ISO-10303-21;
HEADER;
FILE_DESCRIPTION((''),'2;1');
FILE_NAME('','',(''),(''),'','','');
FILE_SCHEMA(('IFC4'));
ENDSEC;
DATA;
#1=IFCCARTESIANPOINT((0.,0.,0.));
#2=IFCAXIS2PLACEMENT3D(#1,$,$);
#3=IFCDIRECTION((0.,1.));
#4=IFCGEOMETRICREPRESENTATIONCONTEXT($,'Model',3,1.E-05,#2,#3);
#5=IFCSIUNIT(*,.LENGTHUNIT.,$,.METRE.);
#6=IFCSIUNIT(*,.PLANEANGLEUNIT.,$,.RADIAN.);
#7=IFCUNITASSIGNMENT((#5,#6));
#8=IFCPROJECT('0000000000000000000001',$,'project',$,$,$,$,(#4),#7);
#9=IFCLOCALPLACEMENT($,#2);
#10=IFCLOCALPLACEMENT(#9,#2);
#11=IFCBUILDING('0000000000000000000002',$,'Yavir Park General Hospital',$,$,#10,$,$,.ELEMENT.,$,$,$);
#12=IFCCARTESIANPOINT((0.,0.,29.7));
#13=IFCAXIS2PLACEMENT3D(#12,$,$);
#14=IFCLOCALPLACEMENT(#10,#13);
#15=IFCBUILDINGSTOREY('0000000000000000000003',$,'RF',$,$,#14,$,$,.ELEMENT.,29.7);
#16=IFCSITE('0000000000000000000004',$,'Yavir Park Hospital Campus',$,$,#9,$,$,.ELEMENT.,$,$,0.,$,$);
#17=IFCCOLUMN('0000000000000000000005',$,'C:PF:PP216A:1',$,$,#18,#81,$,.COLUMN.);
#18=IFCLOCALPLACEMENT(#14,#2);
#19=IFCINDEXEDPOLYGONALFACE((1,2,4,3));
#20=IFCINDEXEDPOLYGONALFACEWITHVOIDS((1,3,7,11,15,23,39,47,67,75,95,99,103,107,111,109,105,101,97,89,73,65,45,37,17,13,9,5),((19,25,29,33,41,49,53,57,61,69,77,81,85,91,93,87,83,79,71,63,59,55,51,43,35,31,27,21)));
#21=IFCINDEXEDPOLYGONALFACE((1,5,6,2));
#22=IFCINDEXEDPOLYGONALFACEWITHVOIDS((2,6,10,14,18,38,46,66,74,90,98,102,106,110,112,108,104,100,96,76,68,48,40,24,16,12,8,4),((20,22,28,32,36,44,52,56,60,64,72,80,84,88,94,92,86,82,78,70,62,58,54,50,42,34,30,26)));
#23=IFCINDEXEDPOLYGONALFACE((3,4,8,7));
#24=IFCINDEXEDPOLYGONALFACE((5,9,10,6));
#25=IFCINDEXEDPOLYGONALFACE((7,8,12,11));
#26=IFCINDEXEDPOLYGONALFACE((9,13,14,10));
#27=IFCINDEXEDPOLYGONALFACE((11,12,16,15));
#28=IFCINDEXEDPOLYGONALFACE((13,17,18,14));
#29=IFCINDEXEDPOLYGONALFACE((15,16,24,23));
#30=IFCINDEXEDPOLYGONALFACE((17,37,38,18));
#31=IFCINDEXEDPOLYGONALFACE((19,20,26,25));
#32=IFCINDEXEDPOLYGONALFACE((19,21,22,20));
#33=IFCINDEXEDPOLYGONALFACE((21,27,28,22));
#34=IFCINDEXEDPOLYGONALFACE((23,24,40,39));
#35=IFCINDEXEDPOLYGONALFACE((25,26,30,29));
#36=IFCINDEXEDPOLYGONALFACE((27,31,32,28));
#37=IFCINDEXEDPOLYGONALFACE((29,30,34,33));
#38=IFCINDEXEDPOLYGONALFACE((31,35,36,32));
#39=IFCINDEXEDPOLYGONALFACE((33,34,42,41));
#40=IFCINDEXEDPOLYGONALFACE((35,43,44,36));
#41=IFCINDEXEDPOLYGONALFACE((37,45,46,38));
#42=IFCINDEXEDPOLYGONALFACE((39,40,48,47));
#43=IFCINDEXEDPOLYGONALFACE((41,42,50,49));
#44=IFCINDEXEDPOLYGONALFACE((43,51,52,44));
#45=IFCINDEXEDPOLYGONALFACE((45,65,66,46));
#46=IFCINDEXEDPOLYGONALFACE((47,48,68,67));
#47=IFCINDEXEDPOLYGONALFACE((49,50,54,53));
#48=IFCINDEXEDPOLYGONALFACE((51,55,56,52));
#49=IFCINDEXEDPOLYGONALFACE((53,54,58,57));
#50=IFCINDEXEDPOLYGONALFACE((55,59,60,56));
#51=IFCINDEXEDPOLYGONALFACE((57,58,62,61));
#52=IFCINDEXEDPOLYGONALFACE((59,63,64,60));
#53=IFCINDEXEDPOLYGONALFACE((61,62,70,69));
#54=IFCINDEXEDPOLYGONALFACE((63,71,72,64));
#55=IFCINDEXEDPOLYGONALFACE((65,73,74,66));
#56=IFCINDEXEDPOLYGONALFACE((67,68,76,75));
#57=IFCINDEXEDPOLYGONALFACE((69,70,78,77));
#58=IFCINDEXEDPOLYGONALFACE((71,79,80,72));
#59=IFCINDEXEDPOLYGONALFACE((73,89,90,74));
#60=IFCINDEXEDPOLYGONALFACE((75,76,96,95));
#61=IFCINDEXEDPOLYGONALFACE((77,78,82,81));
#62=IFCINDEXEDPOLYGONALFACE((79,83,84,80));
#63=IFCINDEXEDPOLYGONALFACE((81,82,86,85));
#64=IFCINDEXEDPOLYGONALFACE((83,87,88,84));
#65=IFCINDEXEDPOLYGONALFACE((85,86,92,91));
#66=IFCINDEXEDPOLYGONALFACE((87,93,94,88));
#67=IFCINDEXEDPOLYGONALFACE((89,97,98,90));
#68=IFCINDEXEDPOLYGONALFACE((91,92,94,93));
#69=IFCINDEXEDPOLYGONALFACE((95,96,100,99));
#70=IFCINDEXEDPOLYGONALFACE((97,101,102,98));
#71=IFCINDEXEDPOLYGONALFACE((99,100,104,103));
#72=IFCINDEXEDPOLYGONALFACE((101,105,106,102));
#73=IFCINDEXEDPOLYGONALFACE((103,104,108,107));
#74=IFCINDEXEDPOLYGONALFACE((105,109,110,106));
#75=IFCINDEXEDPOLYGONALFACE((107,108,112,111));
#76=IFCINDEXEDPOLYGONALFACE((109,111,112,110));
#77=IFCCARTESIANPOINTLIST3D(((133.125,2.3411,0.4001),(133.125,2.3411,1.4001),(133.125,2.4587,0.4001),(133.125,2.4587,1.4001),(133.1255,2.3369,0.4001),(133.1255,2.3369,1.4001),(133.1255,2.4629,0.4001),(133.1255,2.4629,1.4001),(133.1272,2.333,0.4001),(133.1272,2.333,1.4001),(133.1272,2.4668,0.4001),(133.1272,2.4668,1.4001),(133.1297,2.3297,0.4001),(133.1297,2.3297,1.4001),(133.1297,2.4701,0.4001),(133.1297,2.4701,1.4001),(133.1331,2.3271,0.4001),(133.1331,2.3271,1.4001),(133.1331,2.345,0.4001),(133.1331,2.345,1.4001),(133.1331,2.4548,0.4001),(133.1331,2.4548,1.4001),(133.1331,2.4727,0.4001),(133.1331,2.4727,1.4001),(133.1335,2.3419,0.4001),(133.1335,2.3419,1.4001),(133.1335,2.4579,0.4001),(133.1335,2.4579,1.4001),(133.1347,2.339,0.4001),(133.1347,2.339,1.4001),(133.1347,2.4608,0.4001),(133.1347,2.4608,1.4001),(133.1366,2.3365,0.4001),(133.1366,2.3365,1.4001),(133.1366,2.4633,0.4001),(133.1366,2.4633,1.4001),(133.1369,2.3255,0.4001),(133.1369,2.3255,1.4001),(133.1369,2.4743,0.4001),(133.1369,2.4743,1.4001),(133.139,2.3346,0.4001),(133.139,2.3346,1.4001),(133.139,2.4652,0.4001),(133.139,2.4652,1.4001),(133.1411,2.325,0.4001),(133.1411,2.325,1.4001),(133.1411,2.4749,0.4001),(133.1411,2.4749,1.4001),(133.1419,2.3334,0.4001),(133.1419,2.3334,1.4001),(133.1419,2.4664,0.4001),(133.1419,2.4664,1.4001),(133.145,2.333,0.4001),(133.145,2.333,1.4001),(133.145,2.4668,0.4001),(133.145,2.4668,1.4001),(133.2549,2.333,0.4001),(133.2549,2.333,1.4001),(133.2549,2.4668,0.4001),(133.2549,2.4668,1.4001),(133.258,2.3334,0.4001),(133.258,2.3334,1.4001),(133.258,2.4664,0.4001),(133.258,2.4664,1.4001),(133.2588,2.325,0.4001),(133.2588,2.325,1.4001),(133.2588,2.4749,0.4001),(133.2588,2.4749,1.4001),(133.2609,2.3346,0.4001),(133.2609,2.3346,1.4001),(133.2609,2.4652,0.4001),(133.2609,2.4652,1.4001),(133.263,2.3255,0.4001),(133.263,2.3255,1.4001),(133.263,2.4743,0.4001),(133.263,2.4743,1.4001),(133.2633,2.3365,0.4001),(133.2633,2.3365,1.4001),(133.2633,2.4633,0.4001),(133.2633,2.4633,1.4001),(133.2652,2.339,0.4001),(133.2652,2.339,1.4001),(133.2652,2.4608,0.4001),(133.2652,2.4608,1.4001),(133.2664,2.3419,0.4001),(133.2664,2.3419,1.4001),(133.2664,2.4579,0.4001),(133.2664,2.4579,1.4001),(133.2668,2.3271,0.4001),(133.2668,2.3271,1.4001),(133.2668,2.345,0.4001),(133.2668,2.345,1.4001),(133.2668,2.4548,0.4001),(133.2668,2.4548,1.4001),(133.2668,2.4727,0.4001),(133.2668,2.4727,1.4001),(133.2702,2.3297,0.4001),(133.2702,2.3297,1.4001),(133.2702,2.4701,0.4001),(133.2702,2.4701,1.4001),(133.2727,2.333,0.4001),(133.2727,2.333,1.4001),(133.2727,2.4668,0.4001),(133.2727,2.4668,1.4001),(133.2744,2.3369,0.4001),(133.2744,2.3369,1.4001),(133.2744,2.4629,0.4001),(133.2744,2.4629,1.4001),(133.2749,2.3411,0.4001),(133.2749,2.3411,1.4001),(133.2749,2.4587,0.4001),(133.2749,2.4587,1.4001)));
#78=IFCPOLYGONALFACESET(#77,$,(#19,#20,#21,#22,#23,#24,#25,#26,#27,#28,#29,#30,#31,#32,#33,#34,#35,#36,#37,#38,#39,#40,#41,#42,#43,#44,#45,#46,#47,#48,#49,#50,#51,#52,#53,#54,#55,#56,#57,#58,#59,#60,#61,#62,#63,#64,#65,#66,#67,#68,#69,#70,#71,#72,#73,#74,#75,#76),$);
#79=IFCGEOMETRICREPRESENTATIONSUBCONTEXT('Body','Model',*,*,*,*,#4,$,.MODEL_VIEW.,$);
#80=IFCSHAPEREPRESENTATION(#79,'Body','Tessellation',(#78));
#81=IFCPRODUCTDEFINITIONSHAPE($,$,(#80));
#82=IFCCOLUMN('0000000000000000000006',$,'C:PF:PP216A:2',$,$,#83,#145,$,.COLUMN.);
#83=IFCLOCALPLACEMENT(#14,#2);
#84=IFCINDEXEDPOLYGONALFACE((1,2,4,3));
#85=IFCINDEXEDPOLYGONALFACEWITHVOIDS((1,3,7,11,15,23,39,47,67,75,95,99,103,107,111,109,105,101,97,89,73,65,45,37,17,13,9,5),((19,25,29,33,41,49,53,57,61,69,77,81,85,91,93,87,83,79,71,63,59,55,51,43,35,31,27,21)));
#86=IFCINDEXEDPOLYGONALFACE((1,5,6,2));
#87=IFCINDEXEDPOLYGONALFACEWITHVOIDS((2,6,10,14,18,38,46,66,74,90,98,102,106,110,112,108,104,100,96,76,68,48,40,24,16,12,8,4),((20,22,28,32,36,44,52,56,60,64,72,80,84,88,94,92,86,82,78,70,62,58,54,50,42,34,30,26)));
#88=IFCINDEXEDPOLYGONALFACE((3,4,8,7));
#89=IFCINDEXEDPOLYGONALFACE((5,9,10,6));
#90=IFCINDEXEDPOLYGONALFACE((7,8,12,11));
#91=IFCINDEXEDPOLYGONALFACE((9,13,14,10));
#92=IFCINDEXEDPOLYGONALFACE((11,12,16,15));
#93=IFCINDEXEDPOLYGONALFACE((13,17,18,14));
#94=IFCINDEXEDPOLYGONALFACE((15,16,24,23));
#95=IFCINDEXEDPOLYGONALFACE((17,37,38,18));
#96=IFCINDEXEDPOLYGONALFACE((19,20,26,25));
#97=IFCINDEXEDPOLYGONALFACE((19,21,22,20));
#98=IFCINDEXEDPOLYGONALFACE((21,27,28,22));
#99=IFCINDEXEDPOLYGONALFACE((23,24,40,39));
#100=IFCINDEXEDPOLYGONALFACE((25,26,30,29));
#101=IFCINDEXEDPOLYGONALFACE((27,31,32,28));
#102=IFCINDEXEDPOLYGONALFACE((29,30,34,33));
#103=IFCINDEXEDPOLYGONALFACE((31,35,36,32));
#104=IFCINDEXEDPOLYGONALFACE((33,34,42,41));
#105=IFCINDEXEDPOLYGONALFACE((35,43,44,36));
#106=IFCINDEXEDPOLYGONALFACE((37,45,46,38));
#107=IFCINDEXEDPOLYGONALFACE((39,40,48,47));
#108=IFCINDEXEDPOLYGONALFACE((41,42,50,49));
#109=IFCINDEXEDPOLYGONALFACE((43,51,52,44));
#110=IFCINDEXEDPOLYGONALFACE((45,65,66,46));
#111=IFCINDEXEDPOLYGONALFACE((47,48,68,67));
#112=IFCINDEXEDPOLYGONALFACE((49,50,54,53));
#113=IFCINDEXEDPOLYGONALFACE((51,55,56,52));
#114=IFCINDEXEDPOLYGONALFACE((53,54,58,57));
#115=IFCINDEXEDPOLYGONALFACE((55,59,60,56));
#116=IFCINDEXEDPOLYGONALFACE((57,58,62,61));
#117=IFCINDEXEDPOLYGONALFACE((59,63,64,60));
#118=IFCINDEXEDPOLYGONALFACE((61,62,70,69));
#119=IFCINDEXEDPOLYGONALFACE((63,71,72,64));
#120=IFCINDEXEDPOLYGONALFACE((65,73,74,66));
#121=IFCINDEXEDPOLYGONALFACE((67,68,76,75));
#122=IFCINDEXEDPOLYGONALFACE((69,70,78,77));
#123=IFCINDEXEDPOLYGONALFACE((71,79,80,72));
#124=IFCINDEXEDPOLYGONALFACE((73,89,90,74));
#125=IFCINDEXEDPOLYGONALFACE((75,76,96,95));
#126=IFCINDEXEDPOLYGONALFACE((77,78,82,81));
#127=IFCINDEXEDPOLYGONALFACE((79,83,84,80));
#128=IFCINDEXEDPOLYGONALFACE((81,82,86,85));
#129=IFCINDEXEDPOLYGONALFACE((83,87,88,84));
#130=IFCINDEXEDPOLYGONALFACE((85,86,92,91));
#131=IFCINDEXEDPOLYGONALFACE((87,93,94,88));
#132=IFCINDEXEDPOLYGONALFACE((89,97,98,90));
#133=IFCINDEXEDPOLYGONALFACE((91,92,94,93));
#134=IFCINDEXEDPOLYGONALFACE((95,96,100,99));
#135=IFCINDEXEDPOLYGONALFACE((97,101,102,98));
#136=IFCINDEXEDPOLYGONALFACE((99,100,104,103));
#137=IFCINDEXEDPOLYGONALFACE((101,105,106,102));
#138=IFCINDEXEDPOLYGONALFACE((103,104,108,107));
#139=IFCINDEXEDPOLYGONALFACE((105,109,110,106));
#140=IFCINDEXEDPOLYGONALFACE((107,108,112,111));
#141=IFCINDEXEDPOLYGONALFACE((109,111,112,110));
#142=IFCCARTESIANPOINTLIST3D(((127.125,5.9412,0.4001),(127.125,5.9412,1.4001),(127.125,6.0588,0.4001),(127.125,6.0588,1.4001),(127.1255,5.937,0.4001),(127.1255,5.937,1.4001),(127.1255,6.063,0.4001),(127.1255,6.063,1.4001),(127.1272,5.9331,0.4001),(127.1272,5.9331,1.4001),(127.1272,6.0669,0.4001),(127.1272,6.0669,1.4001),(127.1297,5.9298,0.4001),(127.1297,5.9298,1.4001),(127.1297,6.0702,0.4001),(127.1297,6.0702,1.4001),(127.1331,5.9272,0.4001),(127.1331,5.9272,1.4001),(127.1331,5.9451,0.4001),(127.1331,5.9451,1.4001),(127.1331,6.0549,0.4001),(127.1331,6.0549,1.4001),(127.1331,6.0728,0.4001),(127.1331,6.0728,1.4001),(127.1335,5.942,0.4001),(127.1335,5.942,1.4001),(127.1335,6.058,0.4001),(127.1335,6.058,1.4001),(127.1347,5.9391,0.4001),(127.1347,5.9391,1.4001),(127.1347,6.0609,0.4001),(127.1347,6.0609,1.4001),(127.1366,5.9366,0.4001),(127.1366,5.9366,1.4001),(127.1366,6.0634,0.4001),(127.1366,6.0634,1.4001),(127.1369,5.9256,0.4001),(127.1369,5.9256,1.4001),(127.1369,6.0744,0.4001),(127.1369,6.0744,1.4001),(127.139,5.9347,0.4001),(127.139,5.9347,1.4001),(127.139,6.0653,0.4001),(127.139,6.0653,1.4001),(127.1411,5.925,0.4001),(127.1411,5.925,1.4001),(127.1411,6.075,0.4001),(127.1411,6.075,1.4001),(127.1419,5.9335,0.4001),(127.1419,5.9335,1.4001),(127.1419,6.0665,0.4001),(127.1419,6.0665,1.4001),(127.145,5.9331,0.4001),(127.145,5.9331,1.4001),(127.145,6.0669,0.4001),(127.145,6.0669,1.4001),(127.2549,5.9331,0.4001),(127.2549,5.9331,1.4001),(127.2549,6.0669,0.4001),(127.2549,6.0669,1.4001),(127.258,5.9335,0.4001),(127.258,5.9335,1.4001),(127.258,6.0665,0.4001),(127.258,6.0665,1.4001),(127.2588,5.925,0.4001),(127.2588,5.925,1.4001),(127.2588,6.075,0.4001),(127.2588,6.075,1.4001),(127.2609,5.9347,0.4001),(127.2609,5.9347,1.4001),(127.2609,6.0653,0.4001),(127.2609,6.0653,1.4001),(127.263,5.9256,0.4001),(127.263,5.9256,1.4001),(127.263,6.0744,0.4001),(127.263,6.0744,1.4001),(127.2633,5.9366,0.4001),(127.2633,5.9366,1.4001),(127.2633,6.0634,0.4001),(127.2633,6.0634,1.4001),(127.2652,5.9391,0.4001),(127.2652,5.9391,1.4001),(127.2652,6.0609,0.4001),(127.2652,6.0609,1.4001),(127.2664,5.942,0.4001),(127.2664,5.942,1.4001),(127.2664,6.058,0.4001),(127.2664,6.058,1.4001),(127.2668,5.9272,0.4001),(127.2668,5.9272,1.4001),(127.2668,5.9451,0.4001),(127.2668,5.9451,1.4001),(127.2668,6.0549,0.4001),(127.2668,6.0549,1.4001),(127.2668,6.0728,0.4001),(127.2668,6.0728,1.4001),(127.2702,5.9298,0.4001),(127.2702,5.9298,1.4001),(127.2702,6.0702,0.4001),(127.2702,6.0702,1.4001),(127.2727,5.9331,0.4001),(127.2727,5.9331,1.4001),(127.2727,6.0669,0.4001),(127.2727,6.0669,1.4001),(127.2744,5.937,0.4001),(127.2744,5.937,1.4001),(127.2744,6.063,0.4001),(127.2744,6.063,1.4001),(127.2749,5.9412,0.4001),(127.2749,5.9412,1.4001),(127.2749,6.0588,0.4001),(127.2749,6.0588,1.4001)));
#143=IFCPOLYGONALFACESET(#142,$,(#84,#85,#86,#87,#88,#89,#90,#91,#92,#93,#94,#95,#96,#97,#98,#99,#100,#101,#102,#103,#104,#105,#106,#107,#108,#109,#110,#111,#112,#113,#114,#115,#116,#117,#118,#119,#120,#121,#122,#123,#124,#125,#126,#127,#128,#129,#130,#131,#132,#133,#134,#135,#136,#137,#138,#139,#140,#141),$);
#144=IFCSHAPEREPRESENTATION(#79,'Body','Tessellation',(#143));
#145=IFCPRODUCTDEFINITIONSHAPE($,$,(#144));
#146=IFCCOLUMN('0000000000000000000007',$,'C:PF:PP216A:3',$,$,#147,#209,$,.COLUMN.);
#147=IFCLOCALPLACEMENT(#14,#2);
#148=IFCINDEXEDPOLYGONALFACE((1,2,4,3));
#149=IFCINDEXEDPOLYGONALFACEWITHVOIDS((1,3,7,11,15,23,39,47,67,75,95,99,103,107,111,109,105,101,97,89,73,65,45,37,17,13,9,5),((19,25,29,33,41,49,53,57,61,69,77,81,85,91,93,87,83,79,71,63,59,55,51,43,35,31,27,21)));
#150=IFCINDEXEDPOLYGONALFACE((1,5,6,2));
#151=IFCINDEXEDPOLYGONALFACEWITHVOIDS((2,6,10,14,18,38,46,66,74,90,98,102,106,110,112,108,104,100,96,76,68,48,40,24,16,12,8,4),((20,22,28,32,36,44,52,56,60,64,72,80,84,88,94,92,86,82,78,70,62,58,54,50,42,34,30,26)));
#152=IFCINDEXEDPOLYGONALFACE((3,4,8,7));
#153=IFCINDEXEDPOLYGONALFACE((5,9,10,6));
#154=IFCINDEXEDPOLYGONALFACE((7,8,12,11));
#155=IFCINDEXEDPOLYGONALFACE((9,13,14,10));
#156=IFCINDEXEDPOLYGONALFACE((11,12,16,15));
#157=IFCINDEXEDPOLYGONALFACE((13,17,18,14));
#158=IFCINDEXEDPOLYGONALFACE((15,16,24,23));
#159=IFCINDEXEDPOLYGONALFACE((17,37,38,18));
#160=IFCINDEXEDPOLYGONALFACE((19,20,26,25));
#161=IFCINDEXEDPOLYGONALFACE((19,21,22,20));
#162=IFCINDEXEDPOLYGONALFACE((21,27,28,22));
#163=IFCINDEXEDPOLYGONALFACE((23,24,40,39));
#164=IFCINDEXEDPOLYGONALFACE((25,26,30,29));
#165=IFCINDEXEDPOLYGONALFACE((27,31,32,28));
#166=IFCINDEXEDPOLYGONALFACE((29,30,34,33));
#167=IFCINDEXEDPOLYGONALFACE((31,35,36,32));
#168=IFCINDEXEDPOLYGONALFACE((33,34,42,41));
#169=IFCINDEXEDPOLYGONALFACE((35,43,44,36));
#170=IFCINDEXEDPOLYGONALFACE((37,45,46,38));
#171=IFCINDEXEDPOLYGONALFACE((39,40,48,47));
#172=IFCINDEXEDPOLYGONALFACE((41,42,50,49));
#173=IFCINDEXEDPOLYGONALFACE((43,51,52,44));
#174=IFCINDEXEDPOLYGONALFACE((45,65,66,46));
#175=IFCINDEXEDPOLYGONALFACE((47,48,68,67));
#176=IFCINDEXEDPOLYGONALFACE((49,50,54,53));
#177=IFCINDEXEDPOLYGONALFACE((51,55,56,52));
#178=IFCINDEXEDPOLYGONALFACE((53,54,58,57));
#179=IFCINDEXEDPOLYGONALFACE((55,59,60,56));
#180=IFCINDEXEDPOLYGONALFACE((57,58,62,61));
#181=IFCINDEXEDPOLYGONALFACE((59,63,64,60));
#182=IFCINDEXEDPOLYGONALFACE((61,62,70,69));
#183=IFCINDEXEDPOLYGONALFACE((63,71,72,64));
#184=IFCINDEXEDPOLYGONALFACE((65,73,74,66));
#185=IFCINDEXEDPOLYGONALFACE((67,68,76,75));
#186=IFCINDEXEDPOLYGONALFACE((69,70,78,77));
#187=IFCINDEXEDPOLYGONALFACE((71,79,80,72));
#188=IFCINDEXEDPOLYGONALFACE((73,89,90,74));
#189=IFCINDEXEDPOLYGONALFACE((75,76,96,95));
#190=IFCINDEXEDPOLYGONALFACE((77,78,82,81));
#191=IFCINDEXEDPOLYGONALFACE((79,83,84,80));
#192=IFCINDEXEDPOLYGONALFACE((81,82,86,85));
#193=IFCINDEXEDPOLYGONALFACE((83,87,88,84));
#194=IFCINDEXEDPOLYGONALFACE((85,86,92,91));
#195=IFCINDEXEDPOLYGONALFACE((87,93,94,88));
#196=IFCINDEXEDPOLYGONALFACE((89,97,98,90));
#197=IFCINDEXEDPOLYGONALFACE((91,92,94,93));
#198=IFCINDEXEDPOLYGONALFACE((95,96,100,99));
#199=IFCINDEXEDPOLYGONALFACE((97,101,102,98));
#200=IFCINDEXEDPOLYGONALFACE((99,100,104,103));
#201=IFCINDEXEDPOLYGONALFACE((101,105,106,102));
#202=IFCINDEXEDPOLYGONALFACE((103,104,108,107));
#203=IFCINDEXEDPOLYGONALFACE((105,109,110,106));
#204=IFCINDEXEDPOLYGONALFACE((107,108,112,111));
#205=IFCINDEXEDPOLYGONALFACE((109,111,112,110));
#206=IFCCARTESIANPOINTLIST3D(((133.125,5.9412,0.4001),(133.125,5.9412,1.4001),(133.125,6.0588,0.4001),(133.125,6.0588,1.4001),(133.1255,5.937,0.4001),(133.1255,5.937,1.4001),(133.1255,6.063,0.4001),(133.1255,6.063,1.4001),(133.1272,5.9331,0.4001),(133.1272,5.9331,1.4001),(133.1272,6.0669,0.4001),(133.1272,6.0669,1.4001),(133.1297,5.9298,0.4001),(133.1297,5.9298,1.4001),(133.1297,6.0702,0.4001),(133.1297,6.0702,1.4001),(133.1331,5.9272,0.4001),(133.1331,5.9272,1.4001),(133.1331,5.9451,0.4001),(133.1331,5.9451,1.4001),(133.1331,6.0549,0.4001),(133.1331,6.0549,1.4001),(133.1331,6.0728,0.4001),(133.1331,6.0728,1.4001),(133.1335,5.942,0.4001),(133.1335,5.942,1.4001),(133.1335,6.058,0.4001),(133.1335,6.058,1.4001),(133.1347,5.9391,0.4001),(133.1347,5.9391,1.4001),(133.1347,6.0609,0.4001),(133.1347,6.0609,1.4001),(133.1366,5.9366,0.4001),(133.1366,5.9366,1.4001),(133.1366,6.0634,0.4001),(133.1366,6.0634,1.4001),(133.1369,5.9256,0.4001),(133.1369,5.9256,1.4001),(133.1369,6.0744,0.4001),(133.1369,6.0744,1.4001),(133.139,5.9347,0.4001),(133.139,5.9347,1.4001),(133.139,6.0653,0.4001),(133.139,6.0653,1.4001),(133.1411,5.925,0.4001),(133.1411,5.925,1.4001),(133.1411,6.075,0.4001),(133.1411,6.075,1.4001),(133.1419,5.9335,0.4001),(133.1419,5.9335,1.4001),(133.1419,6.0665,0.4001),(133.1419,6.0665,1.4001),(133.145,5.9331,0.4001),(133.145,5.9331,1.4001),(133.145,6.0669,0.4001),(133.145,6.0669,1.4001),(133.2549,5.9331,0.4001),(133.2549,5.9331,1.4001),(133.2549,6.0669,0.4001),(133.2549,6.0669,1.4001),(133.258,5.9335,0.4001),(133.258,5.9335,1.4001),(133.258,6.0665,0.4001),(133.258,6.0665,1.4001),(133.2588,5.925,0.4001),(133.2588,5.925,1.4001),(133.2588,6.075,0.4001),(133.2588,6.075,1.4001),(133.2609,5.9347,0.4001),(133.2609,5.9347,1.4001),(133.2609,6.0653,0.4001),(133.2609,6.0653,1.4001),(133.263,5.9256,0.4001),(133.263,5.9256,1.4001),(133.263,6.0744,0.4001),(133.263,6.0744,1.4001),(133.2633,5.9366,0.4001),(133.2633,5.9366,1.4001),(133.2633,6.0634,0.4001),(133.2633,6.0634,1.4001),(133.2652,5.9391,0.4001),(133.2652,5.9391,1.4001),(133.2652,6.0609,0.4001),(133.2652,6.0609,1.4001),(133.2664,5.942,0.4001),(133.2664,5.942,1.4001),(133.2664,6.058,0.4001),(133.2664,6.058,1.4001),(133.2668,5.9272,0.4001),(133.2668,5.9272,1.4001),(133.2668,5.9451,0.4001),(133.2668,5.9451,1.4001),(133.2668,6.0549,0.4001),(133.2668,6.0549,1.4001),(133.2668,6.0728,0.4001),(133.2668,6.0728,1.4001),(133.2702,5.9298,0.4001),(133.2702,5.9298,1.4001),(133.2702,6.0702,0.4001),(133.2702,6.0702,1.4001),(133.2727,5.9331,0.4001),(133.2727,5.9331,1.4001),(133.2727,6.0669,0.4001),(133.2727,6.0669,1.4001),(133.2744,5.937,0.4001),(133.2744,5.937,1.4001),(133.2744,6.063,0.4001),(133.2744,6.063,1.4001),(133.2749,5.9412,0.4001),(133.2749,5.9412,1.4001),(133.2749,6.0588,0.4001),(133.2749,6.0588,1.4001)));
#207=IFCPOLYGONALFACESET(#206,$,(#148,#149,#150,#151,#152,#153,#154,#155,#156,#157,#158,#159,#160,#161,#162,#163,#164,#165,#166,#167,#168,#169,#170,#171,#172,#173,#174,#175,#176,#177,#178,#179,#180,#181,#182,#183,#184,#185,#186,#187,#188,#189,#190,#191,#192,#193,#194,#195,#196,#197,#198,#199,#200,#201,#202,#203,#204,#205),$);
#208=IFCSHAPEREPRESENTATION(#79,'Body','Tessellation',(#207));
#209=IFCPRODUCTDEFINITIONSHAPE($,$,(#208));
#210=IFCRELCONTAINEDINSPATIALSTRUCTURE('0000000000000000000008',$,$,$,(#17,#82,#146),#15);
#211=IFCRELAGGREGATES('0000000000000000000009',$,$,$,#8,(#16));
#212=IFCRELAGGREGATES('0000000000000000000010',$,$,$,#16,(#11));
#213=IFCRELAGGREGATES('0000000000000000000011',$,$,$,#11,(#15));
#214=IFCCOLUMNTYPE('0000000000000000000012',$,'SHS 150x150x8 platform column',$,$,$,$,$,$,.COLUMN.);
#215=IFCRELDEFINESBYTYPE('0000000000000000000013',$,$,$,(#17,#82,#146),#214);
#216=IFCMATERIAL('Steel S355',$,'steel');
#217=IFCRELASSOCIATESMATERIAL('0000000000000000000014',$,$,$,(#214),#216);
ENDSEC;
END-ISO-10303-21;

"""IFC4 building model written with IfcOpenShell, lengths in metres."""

from ifc_helpers import new_model, si_unit, direction, frame, origin, origin_2d, place, context, subcontext, project, spatial, hollow_rectangle, extrude, material, material_profile, profile_set, type_object, element, save


model = new_model("IFC4")

# Units and contexts
model_context = context("Model", 3, precision=1e-05, world=origin(), true_north=direction((0.0, 1.0)))
body_context = subcontext(model_context, "Body", "Model", "MODEL_VIEW")
ifc_project = project(units=[si_unit("LENGTHUNIT", "METRE"), si_unit("PLANEANGLEUNIT", "RADIAN")], contexts=[model_context])

# Site, building, storey
site_placement = place(None, origin())
site = spatial("IfcSite", under=ifc_project, at=site_placement, Name="Yavir Park Hospital Campus", CompositionType="ELEMENT", RefElevation=0.0)
building_placement = place(site_placement, origin())
building = spatial("IfcBuilding", under=site, at=building_placement, Name="Yavir Park General Hospital", CompositionType="ELEMENT")
storey_placement = place(building_placement, frame((0.0, 0.0, 29.7)))
storey = spatial("IfcBuildingStorey", under=building, at=storey_placement, Name="RF", CompositionType="ELEMENT", Elevation=29.7)

# Columns
ifc_material_1 = material(Name="Steel S355", Category="steel")
ifc_material_profile_1 = material_profile(ifc_material_1, hollow_rectangle(XDim=0.1499, YDim=0.1499, WallThickness=0.0081, InnerFilletRadius=0.012, OuterFilletRadius=0.0161, at=origin_2d()), Name="SHS150x150x8")
ifc_profile_set_1 = profile_set([ifc_material_profile_1], Name="Steel S355")
column_type_1 = type_object("IfcColumnType", Name="SHS 150x150x8 platform column", PredefinedType="COLUMN", material=ifc_profile_set_1)
for number, where, z_axis, x_axis, name in (
    (1, (133.2, 2.3999, 0.4001), (0.0, 0.0, 1.0), (1.0, 0.0, 0.0), "C:PF:PP216A:1"),
    (2, (127.2, 6.0, 0.4001), (0.0, 0.0, 1.0), (1.0, 0.0, 0.0), "C:PF:PP216A:2"),
    (3, (133.2, 6.0, 0.4001), (0.0, 0.0, 1.0), (1.0, 0.0, 0.0), "C:PF:PP216A:3"),
):
    element("IfcColumn", number, at=place(storey_placement, frame(where, z_axis=z_axis, x_axis=x_axis)), inside=storey, type_object=column_type_1, Name=name, PredefinedType="COLUMN", context=body_context, shape_type="SweptSolid", body=[
        extrude(hollow_rectangle(XDim=0.1499, YDim=0.1499, WallThickness=0.0081, InnerFilletRadius=0.012, OuterFilletRadius=0.0161, at=origin_2d()), origin(), (0.0, 0.0, 1.0), 1.0),
    ])

save(model, "model.ifc")
